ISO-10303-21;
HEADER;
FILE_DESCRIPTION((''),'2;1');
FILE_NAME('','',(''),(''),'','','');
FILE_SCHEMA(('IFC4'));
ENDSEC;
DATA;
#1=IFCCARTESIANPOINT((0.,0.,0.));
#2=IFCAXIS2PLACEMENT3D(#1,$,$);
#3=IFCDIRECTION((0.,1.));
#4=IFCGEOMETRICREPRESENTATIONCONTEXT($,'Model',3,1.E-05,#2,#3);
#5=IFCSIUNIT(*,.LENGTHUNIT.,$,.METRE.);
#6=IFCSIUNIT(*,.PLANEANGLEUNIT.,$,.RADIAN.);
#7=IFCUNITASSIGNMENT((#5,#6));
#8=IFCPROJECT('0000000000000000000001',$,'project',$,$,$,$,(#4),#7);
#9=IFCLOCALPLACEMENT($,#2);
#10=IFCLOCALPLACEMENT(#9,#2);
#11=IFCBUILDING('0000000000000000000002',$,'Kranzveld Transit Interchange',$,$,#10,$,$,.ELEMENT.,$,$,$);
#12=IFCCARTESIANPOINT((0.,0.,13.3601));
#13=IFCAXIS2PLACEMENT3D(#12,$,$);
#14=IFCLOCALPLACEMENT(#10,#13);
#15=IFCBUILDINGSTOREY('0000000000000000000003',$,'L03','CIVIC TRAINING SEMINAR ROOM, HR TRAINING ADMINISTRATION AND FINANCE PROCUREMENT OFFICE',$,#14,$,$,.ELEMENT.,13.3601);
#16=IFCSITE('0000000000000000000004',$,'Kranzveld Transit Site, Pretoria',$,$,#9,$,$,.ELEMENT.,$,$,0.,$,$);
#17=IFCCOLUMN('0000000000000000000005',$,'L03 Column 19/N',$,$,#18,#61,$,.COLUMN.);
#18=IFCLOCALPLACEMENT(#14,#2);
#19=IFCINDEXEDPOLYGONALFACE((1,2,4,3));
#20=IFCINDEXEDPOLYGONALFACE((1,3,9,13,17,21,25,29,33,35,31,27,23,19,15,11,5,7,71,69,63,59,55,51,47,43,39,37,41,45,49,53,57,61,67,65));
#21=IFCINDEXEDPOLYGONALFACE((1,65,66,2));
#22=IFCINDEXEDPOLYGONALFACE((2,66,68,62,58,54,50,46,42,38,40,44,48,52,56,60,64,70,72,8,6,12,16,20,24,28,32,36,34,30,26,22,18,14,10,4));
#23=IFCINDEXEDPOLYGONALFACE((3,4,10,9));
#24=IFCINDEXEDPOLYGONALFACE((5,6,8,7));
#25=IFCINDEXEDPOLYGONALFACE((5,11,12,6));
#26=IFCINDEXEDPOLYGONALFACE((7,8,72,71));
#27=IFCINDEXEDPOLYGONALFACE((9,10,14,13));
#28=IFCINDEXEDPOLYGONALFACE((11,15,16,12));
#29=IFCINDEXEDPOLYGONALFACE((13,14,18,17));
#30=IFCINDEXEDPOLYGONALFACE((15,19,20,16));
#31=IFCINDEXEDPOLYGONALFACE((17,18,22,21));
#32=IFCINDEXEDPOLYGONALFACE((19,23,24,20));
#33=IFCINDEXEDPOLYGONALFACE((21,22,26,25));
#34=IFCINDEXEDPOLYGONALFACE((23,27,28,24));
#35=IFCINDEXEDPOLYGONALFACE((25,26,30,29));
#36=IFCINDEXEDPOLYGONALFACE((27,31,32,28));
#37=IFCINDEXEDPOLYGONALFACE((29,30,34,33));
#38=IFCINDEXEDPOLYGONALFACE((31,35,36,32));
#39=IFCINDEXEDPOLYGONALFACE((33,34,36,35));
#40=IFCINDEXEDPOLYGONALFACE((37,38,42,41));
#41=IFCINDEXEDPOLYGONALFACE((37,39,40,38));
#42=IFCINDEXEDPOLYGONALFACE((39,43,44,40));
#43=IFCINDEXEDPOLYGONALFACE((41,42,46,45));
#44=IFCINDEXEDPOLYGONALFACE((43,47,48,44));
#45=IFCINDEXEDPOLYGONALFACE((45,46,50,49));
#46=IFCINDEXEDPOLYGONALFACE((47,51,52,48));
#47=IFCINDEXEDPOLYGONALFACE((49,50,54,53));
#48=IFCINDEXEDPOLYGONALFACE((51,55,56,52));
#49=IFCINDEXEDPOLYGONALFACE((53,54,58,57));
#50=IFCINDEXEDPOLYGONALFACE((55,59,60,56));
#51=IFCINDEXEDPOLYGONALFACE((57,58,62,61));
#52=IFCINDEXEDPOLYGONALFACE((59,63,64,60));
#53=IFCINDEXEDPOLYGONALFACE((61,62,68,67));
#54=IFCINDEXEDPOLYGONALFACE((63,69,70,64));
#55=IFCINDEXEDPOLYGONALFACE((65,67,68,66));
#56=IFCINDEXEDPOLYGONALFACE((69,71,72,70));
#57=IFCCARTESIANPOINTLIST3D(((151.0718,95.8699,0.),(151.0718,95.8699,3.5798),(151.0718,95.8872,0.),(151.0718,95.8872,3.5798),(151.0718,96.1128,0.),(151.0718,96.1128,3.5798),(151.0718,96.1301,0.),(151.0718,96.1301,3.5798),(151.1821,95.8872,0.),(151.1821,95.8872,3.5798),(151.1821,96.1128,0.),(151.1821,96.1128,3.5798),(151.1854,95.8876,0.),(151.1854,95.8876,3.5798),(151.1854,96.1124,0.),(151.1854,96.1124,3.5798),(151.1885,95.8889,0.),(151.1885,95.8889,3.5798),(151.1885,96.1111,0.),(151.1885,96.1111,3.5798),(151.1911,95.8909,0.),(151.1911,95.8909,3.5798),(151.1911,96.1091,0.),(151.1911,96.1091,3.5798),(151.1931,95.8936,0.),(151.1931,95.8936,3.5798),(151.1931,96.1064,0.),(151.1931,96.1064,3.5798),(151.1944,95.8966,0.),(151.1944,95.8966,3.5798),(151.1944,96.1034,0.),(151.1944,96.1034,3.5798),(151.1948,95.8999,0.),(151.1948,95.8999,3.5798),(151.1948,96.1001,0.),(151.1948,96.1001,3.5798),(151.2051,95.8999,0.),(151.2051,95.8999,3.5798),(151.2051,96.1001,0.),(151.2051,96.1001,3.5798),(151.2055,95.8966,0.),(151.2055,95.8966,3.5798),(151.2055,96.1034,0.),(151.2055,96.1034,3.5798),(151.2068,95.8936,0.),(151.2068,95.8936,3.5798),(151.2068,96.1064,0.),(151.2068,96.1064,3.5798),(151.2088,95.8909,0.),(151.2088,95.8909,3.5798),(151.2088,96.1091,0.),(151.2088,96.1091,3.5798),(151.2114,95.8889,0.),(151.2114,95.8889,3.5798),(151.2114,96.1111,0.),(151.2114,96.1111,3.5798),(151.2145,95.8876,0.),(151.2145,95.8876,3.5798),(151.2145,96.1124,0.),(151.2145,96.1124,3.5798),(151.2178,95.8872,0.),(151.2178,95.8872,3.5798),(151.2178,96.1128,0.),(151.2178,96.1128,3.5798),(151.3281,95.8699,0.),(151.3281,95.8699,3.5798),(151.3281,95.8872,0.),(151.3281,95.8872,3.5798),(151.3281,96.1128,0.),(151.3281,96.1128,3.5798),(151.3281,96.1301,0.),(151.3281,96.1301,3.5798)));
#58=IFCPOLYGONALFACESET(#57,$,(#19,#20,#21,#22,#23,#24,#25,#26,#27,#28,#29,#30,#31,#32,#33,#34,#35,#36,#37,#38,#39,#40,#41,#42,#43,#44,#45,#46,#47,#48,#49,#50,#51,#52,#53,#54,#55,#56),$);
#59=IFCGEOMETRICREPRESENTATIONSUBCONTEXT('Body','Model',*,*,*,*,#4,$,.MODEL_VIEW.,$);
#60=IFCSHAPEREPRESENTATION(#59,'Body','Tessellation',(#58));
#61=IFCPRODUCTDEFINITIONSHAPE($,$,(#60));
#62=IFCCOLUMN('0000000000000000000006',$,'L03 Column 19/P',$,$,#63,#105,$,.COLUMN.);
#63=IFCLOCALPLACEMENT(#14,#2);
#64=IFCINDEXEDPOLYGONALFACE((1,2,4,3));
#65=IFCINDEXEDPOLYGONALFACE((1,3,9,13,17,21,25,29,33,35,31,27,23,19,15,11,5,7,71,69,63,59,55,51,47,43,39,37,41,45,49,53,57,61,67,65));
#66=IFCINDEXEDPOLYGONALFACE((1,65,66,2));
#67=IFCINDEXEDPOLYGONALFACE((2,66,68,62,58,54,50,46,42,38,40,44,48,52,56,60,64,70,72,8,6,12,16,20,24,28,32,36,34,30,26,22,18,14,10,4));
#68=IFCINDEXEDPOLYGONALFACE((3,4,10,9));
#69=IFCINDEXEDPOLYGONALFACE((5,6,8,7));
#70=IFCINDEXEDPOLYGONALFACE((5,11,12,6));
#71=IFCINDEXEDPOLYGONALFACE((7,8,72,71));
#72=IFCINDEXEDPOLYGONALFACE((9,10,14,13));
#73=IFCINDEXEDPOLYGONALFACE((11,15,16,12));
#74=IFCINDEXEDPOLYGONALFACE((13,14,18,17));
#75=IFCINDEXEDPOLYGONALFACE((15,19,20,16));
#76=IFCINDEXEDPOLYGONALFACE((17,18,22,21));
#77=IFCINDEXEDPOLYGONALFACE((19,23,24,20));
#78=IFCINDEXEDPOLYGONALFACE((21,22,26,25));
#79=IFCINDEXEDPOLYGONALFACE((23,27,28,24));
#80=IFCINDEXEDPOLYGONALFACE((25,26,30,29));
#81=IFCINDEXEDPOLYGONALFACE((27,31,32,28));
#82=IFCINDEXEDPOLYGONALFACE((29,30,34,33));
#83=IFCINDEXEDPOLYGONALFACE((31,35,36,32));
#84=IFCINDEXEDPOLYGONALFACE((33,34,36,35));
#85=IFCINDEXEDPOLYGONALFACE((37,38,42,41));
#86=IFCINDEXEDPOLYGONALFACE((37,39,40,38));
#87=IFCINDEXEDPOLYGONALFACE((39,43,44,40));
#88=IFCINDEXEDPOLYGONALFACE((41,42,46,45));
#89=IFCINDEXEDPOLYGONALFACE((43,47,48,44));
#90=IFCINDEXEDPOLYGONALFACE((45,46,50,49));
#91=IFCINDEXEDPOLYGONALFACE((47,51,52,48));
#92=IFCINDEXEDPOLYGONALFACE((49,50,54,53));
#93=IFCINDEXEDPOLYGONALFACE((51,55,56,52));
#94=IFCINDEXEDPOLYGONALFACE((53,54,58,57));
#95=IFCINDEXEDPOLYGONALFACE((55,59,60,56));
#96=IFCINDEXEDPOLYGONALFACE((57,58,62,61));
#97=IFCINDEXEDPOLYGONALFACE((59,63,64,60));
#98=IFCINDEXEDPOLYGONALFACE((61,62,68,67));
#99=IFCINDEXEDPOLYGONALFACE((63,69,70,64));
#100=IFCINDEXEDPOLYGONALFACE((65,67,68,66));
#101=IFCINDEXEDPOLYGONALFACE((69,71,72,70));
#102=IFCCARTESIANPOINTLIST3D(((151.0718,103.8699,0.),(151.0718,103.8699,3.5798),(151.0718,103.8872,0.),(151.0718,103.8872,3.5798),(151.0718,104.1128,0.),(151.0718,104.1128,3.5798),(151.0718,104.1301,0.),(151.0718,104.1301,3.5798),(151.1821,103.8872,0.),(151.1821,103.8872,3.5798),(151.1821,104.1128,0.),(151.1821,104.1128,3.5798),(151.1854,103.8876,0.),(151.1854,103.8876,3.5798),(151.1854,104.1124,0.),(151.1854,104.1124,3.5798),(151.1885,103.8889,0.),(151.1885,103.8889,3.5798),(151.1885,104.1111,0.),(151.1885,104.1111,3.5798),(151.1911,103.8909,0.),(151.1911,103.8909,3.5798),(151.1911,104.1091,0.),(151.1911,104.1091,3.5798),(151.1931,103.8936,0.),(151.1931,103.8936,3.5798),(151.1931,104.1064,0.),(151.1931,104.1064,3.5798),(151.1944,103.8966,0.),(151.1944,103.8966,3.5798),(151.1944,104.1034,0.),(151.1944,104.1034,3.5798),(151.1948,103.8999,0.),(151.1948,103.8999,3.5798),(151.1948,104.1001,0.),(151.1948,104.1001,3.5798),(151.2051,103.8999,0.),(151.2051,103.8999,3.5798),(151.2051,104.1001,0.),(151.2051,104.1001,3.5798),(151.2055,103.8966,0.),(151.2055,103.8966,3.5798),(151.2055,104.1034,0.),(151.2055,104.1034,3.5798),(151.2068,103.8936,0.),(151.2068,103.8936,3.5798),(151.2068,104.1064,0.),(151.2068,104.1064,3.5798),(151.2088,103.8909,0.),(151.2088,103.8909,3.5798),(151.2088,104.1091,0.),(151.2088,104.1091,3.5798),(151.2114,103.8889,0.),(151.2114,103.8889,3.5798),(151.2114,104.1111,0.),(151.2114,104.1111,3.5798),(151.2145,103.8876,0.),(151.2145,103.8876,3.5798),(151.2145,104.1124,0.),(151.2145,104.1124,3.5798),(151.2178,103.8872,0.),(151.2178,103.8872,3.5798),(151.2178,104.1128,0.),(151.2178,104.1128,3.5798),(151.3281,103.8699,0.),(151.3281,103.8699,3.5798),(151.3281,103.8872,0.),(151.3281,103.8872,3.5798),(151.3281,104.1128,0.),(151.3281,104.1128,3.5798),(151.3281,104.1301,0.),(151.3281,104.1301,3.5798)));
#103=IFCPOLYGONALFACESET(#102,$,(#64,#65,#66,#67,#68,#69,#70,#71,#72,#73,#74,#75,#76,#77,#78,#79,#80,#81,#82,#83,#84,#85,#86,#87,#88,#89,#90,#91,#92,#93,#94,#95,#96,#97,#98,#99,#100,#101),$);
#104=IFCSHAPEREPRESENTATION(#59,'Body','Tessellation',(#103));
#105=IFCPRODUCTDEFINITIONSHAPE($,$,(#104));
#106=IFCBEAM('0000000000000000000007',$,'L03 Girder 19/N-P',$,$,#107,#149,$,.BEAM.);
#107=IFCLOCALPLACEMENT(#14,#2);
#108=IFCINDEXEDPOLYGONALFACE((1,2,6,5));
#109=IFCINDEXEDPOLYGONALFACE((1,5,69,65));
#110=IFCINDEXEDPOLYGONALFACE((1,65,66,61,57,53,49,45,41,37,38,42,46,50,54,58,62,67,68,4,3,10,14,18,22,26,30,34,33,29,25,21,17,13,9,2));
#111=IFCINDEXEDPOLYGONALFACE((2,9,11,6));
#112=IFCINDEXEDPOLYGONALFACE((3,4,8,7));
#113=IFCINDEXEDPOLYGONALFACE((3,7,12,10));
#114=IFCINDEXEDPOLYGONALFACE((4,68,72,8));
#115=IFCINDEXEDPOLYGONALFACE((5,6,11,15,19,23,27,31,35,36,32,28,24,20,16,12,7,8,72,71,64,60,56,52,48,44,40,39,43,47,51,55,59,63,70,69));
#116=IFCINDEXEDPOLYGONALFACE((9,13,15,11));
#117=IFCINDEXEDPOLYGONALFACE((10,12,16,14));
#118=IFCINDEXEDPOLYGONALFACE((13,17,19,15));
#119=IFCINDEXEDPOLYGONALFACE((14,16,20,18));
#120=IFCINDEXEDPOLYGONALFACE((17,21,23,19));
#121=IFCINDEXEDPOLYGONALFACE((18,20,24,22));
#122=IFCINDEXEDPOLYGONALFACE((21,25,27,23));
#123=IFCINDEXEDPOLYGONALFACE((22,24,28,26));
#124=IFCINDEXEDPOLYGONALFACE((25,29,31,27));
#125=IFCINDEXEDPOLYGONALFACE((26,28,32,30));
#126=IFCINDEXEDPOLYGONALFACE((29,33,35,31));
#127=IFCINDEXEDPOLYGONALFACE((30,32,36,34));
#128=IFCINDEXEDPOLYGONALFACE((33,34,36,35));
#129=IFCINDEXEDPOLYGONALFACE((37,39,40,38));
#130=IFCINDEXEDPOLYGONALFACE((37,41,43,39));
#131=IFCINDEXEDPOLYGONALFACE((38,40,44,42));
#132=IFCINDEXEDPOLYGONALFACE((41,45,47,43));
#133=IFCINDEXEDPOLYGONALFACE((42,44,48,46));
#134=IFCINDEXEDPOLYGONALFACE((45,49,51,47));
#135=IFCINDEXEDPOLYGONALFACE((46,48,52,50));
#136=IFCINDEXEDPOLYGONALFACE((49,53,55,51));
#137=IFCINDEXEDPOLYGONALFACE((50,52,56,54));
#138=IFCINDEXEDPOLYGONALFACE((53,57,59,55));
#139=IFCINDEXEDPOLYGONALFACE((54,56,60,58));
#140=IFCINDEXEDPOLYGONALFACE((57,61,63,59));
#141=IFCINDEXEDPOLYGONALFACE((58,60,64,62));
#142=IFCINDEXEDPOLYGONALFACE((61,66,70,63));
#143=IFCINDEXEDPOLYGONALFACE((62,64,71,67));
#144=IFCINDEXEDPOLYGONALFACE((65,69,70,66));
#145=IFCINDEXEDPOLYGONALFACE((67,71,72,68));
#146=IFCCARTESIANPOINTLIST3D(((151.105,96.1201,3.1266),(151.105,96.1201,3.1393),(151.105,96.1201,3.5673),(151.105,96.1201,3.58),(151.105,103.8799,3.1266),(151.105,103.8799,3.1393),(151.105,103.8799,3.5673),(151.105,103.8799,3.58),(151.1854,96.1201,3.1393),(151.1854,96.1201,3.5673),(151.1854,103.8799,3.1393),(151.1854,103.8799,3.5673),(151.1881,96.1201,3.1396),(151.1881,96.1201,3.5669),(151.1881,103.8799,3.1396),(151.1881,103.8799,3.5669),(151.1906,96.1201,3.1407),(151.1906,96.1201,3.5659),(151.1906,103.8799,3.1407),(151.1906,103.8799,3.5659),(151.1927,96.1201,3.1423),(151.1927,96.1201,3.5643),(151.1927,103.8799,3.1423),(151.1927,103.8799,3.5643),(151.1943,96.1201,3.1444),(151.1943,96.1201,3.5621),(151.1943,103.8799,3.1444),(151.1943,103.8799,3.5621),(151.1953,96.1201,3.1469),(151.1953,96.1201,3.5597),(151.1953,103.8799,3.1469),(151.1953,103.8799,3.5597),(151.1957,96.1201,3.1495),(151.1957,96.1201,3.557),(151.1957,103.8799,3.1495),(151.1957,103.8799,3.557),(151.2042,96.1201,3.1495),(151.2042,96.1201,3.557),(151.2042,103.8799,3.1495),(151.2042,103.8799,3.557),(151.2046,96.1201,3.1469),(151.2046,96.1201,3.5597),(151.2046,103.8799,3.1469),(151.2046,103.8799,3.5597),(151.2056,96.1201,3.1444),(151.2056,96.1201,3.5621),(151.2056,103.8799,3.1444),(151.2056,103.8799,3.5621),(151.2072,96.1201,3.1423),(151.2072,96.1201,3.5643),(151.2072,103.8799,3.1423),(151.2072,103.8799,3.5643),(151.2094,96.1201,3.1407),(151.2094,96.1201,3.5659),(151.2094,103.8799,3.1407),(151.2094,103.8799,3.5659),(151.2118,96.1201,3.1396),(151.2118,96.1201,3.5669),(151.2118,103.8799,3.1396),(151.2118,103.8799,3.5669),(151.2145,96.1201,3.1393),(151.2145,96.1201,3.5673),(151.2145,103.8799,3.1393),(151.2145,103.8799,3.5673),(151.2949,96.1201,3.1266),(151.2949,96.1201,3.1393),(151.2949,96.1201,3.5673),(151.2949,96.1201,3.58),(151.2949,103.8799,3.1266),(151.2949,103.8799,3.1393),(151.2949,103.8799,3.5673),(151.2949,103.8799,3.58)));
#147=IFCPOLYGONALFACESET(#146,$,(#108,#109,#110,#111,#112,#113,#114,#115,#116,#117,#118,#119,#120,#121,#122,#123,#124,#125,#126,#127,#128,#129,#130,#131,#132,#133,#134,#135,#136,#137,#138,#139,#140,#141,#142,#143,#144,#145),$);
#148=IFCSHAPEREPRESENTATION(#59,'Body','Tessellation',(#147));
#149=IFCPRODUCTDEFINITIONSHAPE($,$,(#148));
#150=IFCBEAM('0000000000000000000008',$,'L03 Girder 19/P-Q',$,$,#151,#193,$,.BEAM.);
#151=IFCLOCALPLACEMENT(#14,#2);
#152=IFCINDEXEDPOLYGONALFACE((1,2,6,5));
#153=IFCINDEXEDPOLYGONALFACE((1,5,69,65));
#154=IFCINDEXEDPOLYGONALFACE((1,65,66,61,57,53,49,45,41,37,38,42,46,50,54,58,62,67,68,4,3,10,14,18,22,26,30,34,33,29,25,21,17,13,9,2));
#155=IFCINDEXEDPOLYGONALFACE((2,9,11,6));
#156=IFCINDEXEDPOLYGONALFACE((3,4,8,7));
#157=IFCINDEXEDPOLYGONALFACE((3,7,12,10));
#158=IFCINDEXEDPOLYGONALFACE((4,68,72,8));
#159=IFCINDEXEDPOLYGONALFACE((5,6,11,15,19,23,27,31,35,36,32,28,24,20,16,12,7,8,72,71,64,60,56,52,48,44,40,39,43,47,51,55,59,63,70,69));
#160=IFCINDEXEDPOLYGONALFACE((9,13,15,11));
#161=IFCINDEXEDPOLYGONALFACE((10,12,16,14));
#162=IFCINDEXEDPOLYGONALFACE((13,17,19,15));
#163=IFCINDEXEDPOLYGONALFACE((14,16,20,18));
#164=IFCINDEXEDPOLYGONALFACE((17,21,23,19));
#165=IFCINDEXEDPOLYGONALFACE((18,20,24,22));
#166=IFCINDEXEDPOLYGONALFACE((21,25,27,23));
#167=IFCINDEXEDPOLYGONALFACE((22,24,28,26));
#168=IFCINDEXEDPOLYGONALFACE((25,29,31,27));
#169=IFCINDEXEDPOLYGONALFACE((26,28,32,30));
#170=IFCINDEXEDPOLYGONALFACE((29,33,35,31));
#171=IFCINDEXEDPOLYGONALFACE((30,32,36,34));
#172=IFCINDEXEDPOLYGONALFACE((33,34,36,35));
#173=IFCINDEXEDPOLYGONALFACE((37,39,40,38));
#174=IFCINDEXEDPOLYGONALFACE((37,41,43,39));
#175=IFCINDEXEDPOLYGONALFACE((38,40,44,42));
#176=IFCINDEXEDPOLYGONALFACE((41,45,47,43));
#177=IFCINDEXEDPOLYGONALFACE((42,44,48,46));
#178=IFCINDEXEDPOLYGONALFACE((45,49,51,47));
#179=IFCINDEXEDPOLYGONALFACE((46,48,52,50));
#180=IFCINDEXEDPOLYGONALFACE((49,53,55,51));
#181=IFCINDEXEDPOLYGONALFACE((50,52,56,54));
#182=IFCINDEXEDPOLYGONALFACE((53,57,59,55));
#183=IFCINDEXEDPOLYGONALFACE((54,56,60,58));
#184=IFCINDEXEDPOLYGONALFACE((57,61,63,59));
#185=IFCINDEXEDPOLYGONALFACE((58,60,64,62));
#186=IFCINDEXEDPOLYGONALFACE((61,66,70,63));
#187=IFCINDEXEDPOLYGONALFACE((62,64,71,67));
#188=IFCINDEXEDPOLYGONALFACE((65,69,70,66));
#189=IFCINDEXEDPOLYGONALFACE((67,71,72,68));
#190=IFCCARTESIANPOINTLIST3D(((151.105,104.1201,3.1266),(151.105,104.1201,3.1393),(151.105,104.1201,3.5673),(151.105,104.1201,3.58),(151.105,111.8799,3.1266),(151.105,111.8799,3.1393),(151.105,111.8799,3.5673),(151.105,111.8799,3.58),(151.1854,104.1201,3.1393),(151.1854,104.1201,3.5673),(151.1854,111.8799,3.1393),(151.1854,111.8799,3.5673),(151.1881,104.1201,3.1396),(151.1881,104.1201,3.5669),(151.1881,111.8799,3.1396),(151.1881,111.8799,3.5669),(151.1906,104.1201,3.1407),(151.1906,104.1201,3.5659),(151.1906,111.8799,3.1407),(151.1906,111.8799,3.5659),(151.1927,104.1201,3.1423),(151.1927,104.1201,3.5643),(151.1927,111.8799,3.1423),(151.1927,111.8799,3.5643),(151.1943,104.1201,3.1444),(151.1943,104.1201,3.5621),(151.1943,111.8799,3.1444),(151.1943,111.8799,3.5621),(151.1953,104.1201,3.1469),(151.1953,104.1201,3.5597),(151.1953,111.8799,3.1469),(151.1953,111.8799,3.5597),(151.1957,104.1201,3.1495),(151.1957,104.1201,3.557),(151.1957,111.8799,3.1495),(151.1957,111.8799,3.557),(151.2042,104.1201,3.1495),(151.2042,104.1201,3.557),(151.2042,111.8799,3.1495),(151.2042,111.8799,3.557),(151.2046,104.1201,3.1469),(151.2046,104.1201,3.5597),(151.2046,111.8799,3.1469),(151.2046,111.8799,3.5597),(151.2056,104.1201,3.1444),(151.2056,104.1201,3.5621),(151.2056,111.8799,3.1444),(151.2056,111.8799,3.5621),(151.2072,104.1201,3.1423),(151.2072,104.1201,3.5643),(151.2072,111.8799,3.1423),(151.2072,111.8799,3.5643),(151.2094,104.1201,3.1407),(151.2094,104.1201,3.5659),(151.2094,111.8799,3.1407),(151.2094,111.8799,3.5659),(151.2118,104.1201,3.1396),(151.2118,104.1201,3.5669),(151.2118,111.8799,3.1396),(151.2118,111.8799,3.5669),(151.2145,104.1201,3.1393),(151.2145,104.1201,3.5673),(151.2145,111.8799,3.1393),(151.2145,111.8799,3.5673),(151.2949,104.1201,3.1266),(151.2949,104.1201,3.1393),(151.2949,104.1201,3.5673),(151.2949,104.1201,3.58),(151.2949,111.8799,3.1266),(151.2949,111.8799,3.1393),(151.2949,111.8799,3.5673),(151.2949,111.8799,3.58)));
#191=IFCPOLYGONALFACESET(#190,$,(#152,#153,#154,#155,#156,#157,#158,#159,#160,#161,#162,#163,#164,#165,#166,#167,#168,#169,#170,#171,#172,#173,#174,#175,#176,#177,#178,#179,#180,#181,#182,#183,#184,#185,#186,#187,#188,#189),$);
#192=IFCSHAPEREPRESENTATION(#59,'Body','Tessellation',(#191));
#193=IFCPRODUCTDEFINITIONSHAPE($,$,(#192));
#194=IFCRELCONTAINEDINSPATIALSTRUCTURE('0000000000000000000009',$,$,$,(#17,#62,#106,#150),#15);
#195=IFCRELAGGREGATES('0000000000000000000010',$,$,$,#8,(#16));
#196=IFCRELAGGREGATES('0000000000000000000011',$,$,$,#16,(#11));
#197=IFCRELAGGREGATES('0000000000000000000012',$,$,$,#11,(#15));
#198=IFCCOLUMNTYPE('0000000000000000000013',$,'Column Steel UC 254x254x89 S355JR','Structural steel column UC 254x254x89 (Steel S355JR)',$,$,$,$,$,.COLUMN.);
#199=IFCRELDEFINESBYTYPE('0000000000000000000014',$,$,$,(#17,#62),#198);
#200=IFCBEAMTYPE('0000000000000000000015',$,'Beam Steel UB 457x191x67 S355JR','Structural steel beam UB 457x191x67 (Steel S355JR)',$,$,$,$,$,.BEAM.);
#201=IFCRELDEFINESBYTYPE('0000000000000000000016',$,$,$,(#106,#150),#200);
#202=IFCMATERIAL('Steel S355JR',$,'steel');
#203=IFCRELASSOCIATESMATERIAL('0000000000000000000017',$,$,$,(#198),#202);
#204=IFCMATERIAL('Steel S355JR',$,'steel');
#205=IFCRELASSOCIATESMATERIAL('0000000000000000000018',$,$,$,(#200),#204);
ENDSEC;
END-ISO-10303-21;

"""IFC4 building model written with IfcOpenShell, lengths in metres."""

from ifc_helpers import new_model, si_unit, direction, frame, origin, origin_2d, place, context, subcontext, project, spatial, i_section, extrude, material, material_profile, profile_set, type_object, element, save


model = new_model("IFC4")

# Units and contexts
model_context = context("Model", 3, precision=1e-05, world=origin(), true_north=direction((0.0, 1.0)))
body_context = subcontext(model_context, "Body", "Model", "MODEL_VIEW")
ifc_project = project(units=[si_unit("LENGTHUNIT", "METRE"), si_unit("PLANEANGLEUNIT", "RADIAN")], contexts=[model_context])

# Site, building, storey
site_placement = place(None, origin())
site = spatial("IfcSite", under=ifc_project, at=site_placement, Name="Kranzveld Transit Site, Pretoria", CompositionType="ELEMENT", RefElevation=0.0)
building_placement = place(site_placement, origin())
building = spatial("IfcBuilding", under=site, at=building_placement, Name="Kranzveld Transit Interchange", CompositionType="ELEMENT")
storey_placement = place(building_placement, frame((0.0, 0.0, 13.3601)))
storey = spatial("IfcBuildingStorey", under=building, at=storey_placement, Name="L03", Description="CIVIC TRAINING SEMINAR ROOM, HR TRAINING ADMINISTRATION AND FINANCE PROCUREMENT OFFICE", CompositionType="ELEMENT", Elevation=13.3601)

# Columns
ifc_material_1 = material(Name="Steel S355JR", Category="steel")
ifc_material_profile_1 = material_profile(ifc_material_1, i_section(OverallWidth=0.2563, OverallDepth=0.2603, WebThickness=0.0103, FlangeThickness=0.0173, FilletRadius=0.0127, at=origin_2d()), Name="UC 254x254x89")
ifc_profile_set_1 = profile_set([ifc_material_profile_1], Name="Steel S355JR")
column_type = type_object("IfcColumnType", Name="Column Steel UC 254x254x89 S355JR", Description="Structural steel column UC 254x254x89 (Steel S355JR)", PredefinedType="COLUMN", material=ifc_profile_set_1)
for number, where, z_axis, x_axis, name in (
    (1, (151.2, 96.0, 0.0), (0.0, 0.0, 1.0), (1.0, 0.0, 0.0), "L03 Column 19/N"),
    (2, (151.2, 104.0, 0.0), (0.0, 0.0, 1.0), (1.0, 0.0, 0.0), "L03 Column 19/P"),
):
    element("IfcColumn", number, at=place(storey_placement, frame(where, z_axis=z_axis, x_axis=x_axis)), inside=storey, type_object=column_type, Name=name, PredefinedType="COLUMN", context=body_context, shape_type="SweptSolid", body=[
        extrude(i_section(OverallWidth=0.2563, OverallDepth=0.2603, WebThickness=0.0103, FlangeThickness=0.0173, FilletRadius=0.0127, at=origin_2d()), origin(), (0.0, 0.0, 1.0), 3.5798),
    ])

# Beams
ifc_material_2 = material(Name="Steel S355JR", Category="steel")
ifc_material_profile_2 = material_profile(ifc_material_2, i_section(OverallWidth=0.1899, OverallDepth=0.4534, WebThickness=0.0085, FlangeThickness=0.0127, FilletRadius=0.0103, at=origin_2d()), Name="UB 457x191x67")
ifc_profile_set_2 = profile_set([ifc_material_profile_2], Name="Steel S355JR")
beam_type = type_object("IfcBeamType", Name="Beam Steel UB 457x191x67 S355JR", Description="Structural steel beam UB 457x191x67 (Steel S355JR)", PredefinedType="BEAM", material=ifc_profile_set_2)
for number, where, z_axis, x_axis, name in (
    (3, (151.2, 96.1201, 3.3533), (0.0, 1.0, 0.0), (-1.0, 0.0, 0.0), "L03 Girder 19/N-P"),
    (4, (151.2, 104.1201, 3.3533), (0.0, 1.0, 0.0), (-1.0, 0.0, 0.0), "L03 Girder 19/P-Q"),
):
    element("IfcBeam", number, at=place(storey_placement, frame(where, z_axis=z_axis, x_axis=x_axis)), inside=storey, type_object=beam_type, Name=name, PredefinedType="BEAM", context=body_context, shape_type="SweptSolid", body=[
        extrude(i_section(OverallWidth=0.1899, OverallDepth=0.4534, WebThickness=0.0085, FlangeThickness=0.0127, FilletRadius=0.0103, at=origin_2d()), origin(), (0.0, 0.0, 1.0), 7.7598),
    ])

save(model, "model.ifc")
